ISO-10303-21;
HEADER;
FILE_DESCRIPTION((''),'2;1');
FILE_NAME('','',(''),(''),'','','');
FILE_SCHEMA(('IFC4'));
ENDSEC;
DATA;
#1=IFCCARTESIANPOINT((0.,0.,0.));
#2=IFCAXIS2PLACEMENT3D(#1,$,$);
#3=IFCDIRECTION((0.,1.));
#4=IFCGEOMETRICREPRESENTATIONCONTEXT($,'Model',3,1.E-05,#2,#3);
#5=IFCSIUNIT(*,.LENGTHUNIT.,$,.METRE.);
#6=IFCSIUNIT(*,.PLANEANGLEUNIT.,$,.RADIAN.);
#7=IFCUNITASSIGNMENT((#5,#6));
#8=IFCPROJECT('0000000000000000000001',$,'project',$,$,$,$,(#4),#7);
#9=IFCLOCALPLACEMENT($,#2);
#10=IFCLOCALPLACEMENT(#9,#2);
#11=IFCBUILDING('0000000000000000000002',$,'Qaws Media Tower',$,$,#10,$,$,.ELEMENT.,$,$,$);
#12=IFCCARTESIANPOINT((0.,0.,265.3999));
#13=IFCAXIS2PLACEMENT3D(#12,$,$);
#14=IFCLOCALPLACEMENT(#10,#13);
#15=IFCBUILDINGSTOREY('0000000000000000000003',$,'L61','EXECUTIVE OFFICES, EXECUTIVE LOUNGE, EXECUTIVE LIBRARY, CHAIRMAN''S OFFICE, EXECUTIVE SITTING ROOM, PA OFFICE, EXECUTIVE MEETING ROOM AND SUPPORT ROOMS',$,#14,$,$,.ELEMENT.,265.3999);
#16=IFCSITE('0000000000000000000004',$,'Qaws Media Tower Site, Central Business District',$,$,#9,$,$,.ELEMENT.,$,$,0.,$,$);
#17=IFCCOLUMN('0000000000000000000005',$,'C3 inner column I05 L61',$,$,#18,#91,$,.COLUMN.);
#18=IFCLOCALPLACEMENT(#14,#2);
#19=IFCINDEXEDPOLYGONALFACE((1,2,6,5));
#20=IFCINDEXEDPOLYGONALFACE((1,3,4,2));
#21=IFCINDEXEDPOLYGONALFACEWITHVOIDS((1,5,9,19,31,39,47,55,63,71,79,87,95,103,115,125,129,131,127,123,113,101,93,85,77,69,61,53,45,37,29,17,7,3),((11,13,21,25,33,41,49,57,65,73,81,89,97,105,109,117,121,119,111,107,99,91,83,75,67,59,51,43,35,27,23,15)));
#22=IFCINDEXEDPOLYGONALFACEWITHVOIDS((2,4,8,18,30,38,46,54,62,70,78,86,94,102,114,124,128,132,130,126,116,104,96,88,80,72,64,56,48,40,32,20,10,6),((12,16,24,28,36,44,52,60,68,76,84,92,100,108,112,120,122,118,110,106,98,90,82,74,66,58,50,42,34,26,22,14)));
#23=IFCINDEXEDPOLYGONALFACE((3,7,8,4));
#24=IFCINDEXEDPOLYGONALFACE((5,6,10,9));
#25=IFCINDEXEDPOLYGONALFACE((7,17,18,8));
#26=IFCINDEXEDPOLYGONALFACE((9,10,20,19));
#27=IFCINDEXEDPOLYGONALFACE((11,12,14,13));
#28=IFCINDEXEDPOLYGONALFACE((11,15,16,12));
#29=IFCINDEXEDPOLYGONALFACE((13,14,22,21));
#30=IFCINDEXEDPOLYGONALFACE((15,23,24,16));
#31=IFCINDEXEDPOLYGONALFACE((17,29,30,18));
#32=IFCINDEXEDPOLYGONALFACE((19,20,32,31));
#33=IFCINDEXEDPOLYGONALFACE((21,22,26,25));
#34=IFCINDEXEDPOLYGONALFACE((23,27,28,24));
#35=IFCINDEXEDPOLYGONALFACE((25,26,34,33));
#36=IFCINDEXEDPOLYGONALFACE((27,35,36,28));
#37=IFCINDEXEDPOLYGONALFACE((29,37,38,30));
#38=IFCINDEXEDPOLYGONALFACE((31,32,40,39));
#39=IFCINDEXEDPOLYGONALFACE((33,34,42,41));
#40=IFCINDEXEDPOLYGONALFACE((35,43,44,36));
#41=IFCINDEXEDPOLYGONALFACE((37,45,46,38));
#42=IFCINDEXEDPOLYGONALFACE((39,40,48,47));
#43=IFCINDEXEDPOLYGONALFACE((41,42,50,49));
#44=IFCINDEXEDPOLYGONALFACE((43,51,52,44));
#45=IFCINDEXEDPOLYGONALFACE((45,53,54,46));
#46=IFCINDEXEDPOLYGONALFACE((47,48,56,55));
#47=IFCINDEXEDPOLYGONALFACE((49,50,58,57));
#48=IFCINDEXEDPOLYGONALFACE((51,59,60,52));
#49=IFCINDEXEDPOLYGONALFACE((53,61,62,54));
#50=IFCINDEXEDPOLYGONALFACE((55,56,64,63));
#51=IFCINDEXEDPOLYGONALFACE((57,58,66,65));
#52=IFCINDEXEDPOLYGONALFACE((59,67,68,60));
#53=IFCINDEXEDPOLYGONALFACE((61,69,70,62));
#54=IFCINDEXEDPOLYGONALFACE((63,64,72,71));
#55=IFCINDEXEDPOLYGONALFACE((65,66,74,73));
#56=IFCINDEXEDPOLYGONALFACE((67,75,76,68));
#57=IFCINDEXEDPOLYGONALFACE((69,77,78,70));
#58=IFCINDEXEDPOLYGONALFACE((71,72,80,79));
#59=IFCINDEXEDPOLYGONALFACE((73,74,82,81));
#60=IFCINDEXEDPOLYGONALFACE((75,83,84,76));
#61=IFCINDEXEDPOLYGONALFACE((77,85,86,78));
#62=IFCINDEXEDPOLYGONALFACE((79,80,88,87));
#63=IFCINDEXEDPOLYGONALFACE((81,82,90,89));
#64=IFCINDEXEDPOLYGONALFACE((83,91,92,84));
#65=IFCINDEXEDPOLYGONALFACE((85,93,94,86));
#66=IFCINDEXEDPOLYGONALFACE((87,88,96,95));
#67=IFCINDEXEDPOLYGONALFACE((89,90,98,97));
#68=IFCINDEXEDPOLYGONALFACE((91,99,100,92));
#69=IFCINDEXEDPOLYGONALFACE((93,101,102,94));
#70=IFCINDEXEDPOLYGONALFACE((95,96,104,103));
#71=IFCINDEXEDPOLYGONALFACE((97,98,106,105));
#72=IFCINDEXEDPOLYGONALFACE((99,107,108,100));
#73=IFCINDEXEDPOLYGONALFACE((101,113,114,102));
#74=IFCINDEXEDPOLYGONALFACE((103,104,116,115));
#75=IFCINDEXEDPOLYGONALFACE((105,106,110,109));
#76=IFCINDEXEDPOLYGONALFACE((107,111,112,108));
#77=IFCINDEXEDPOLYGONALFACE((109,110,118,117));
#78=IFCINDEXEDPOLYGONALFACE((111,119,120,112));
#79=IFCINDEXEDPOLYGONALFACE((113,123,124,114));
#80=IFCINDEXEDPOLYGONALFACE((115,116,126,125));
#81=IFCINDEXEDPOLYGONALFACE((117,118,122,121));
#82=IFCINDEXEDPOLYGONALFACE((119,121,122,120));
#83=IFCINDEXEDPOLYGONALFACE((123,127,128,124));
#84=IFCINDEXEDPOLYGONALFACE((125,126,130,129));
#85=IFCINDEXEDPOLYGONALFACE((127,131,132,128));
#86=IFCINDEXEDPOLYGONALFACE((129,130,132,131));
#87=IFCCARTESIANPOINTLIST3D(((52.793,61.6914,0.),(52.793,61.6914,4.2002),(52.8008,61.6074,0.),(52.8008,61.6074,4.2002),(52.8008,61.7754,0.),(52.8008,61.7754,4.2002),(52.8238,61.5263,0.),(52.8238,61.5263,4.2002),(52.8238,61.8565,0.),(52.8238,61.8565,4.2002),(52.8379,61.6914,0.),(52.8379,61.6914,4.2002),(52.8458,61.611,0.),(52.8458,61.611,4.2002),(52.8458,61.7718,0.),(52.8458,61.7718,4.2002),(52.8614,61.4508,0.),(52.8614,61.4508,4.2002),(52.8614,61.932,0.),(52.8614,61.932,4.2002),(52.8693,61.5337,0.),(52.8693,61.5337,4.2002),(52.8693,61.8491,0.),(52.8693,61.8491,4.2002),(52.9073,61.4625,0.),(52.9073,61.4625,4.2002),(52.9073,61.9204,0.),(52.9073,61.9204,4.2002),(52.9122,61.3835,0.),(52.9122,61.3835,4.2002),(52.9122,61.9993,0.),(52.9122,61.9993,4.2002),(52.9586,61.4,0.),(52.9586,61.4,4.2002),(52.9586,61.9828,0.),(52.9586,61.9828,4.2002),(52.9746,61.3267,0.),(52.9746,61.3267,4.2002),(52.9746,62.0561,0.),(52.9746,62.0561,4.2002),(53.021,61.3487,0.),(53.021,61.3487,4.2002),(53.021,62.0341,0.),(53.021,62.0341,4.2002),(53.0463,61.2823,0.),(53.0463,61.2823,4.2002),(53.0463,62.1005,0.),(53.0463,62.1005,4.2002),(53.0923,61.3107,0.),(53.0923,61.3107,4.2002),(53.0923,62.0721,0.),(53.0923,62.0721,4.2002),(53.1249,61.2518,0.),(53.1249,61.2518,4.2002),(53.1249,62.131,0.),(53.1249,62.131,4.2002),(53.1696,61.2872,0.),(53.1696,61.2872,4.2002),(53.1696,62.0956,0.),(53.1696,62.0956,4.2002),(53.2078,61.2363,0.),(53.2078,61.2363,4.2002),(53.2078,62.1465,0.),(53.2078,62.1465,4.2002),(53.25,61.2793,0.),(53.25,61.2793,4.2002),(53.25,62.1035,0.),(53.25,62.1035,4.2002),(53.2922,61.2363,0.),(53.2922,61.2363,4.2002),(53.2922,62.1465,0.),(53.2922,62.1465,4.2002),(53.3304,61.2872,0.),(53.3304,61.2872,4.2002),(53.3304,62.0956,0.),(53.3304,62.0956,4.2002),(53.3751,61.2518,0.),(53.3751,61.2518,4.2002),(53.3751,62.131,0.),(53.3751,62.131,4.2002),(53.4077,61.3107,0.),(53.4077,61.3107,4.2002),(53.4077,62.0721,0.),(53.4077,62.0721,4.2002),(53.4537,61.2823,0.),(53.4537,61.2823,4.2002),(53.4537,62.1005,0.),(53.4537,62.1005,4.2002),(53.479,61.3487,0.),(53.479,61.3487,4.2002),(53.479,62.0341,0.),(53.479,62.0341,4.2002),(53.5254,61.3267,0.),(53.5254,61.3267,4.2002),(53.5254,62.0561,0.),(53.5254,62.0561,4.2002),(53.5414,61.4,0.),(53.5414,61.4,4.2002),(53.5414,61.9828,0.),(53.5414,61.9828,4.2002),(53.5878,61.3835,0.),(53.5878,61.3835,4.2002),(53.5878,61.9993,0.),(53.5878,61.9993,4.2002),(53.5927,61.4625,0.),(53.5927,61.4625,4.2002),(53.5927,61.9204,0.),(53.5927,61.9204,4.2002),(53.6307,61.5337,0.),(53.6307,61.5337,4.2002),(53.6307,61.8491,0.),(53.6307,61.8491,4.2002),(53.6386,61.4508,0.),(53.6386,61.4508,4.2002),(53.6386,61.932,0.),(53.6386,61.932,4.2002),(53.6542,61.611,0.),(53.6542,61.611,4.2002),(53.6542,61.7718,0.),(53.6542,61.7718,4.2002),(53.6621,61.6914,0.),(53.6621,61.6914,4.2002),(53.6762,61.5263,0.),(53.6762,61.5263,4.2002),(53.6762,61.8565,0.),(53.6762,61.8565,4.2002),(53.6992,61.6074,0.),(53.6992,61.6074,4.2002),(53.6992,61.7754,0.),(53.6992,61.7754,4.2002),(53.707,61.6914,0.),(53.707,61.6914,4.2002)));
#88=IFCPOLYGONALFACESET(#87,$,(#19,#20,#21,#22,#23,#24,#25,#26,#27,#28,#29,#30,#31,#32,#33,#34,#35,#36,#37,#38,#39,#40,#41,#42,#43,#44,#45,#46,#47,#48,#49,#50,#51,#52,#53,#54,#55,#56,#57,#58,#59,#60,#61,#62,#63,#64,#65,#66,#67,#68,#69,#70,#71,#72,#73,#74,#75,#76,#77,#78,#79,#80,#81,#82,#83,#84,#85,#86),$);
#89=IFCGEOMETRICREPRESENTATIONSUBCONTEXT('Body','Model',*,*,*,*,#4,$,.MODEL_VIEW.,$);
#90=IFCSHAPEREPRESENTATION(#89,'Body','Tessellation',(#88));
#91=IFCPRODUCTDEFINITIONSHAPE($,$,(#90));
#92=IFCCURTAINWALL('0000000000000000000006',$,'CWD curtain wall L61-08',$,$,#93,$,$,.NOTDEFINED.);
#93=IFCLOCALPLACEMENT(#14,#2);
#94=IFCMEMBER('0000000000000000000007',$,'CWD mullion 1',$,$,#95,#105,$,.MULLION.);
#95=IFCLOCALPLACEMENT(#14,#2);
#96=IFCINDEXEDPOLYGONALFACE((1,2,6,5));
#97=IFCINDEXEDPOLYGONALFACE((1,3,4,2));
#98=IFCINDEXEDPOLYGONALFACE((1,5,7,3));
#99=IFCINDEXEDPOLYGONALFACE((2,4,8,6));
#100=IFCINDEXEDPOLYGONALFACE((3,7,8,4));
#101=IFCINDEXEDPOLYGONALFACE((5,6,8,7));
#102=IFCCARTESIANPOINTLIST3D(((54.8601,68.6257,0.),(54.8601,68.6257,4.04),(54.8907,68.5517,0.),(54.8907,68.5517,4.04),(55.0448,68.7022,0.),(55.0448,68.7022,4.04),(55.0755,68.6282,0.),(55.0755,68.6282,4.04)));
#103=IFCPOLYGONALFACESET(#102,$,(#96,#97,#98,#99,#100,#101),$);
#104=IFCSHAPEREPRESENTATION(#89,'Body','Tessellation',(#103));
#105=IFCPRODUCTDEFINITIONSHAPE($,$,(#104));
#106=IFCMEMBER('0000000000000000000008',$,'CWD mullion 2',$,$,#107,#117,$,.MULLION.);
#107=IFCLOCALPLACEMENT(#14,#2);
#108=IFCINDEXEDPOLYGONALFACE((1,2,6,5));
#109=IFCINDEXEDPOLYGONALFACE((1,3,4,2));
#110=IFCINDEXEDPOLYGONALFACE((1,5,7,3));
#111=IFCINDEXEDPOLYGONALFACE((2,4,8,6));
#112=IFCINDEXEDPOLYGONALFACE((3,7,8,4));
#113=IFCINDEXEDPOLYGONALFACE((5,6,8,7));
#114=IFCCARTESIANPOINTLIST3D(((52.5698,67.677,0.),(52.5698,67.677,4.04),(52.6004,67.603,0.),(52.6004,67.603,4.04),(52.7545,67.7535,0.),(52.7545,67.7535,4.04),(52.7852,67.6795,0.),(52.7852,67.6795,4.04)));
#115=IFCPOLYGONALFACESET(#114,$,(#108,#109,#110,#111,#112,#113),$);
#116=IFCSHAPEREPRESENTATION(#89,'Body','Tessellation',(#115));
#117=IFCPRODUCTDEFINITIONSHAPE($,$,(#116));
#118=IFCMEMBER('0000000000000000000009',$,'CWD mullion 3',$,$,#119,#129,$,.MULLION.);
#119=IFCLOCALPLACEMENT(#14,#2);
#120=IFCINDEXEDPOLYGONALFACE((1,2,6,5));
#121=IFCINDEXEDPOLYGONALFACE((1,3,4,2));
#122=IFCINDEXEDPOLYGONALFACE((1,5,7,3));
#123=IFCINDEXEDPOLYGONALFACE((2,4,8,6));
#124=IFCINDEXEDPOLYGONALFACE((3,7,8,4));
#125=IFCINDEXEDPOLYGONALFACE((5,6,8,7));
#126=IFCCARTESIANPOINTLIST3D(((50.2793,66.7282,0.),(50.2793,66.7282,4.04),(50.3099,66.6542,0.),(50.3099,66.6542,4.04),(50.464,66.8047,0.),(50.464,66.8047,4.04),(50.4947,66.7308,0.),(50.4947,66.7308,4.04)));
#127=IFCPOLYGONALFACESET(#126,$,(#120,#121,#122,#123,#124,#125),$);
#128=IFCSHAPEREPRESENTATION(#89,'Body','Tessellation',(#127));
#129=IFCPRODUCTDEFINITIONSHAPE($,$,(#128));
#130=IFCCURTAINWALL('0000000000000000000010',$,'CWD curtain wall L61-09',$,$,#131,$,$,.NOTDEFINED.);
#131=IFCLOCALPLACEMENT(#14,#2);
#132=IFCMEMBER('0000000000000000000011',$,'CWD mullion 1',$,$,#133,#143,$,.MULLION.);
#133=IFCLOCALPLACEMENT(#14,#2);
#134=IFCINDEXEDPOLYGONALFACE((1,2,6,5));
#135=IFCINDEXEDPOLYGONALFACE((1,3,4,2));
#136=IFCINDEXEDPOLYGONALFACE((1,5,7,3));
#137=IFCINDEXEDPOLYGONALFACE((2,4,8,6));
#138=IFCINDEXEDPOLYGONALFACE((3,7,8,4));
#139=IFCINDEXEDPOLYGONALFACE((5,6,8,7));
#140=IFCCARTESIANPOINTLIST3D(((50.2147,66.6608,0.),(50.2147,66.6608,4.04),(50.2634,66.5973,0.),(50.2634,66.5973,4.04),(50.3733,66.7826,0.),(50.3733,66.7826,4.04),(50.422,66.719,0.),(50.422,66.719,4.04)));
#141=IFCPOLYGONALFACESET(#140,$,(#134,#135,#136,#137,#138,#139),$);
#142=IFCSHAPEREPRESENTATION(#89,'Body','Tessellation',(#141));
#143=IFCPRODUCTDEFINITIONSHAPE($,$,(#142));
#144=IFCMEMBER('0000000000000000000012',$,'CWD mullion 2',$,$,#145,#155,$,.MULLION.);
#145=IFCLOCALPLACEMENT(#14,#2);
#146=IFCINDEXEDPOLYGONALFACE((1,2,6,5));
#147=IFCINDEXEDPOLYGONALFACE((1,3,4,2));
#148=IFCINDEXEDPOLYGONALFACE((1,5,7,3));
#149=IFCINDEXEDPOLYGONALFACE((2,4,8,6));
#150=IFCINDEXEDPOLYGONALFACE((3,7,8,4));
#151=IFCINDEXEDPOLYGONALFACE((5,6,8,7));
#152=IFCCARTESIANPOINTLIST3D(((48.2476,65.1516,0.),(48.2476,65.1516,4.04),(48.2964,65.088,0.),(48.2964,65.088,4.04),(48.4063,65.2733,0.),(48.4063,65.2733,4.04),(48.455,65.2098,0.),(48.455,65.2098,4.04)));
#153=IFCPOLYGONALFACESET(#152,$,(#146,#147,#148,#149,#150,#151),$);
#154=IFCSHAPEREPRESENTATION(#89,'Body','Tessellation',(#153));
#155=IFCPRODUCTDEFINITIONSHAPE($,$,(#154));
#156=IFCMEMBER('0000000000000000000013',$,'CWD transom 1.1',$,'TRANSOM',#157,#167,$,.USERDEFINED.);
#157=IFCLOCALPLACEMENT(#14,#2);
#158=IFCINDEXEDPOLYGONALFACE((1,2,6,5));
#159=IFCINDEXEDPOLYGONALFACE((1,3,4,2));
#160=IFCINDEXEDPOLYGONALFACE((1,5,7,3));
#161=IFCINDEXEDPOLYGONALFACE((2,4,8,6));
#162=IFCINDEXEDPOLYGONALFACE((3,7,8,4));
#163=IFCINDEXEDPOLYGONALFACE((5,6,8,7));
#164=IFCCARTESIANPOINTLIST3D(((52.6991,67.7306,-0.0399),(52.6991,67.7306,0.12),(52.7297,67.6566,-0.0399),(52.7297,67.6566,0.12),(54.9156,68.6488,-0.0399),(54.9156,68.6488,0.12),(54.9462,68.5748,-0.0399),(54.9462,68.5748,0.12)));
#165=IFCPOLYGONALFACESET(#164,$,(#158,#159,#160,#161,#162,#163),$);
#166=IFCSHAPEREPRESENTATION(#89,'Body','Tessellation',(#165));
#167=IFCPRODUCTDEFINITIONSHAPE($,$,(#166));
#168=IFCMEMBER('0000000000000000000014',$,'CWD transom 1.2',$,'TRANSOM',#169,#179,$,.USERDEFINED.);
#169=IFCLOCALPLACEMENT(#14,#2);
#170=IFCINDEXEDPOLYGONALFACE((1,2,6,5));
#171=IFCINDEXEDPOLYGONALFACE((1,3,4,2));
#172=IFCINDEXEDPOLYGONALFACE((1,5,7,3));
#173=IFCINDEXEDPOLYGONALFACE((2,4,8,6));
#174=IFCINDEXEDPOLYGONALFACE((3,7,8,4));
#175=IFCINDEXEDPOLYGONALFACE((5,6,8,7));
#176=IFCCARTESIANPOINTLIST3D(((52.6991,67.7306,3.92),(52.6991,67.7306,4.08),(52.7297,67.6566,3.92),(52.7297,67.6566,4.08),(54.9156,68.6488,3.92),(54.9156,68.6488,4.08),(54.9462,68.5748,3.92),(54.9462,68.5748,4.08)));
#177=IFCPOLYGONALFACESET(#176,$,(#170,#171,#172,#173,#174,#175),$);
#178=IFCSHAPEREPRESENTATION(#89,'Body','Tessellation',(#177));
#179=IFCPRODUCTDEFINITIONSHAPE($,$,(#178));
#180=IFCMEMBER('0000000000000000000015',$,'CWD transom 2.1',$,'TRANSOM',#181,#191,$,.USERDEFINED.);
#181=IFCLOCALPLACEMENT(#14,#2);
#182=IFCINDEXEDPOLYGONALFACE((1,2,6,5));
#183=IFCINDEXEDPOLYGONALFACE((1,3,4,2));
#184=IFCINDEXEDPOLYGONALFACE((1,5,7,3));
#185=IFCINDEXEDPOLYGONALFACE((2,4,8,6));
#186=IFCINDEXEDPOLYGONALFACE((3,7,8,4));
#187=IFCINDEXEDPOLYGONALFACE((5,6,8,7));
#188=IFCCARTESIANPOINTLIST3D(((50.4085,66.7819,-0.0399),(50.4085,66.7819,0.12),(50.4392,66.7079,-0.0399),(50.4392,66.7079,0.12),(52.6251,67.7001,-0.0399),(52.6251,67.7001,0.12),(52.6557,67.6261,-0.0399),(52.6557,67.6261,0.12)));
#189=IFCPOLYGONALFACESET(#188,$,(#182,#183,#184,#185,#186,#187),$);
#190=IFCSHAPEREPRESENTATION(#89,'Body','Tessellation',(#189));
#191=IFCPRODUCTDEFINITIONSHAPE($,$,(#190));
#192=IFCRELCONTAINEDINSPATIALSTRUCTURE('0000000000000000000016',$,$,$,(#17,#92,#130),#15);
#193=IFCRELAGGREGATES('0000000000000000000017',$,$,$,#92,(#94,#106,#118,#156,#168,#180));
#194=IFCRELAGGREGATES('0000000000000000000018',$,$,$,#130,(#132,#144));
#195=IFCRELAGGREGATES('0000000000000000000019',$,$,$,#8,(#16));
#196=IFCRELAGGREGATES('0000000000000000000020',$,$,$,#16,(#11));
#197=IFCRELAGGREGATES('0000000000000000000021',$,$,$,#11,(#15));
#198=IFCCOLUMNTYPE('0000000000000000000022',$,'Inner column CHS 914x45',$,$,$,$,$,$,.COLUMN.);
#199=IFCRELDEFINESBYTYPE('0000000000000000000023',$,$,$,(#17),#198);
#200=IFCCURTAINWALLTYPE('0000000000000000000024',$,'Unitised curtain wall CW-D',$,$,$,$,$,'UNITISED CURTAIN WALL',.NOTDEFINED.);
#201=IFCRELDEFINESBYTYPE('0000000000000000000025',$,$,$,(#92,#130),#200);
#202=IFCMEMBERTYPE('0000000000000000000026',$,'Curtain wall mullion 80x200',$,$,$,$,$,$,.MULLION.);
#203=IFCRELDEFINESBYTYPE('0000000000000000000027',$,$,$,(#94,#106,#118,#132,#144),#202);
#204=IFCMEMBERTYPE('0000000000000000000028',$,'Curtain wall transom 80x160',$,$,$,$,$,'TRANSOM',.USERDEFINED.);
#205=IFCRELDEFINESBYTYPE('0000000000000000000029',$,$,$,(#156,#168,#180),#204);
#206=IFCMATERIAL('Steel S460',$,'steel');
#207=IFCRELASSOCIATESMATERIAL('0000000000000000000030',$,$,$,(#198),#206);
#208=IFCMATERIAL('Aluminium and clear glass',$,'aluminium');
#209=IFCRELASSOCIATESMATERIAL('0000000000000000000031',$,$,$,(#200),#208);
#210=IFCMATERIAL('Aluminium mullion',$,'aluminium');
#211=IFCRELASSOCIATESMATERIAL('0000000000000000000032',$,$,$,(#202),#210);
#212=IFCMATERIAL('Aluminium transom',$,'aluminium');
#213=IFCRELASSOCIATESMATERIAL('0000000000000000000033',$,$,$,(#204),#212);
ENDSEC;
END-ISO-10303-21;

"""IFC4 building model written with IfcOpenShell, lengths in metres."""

from ifc_helpers import new_model, si_unit, direction, frame, origin, origin_2d, place, context, subcontext, project, spatial, rectangle, hollow_circle, extrude, material, material_profile, profile_set, type_object, element, aggregate, save


model = new_model("IFC4")

# Units and contexts
model_context = context("Model", 3, precision=1e-05, world=origin(), true_north=direction((0.0, 1.0)))
body_context = subcontext(model_context, "Body", "Model", "MODEL_VIEW")
ifc_project = project(units=[si_unit("LENGTHUNIT", "METRE"), si_unit("PLANEANGLEUNIT", "RADIAN")], contexts=[model_context])

# Site, building, storey
site_placement = place(None, origin())
site = spatial("IfcSite", under=ifc_project, at=site_placement, Name="Qaws Media Tower Site, Central Business District", CompositionType="ELEMENT", RefElevation=0.0)
building_placement = place(site_placement, origin())
building = spatial("IfcBuilding", under=site, at=building_placement, Name="Qaws Media Tower", CompositionType="ELEMENT")
storey_placement = place(building_placement, frame((0.0, 0.0, 265.3999)))
storey = spatial("IfcBuildingStorey", under=building, at=storey_placement, Name="L61", Description="EXECUTIVE OFFICES, EXECUTIVE LOUNGE, EXECUTIVE LIBRARY, CHAIRMAN'S OFFICE, EXECUTIVE SITTING ROOM, PA OFFICE, EXECUTIVE MEETING ROOM AND SUPPORT ROOMS", CompositionType="ELEMENT", Elevation=265.3999)

# Column
ifc_material_1 = material(Name="Steel S460", Category="steel")
ifc_material_profile_1 = material_profile(ifc_material_1, hollow_circle(Radius=0.457, WallThickness=0.0449, at=origin_2d()), Name="CHS 914x45")
ifc_profile_set_1 = profile_set([ifc_material_profile_1], Name="Steel S460")
column_type = type_object("IfcColumnType", Name="Inner column CHS 914x45", PredefinedType="COLUMN", material=ifc_profile_set_1)
column_placement = place(storey_placement, frame((53.25, 61.6914, 0.0), z_axis=(0.0, 0.0, 1.0), x_axis=(1.0, 0.0, 0.0)))
element("IfcColumn", 1, at=column_placement, inside=storey, type_object=column_type, Name="C3 inner column I05 L61", PredefinedType="COLUMN", context=body_context, shape_type="SweptSolid", body=[
    extrude(hollow_circle(Radius=0.457, WallThickness=0.0449, at=origin_2d()), origin(), (0.0, 0.0, 1.0), 4.2002),
])

# Curtain walls, members
ifc_material_2 = material(Name="Aluminium and clear glass", Category="aluminium")
curtain_wall_type = type_object("IfcCurtainWallType", Name="Unitised curtain wall CW-D", ElementType="UNITISED CURTAIN WALL", PredefinedType="NOTDEFINED", material=ifc_material_2)
curtain_wall_1_placement = place(storey_placement, origin())
curtain_wall_1 = element("IfcCurtainWall", 2, at=curtain_wall_1_placement, inside=storey, type_object=curtain_wall_type, Name="CWD curtain wall L61-08", PredefinedType="NOTDEFINED")
ifc_material_3 = material(Name="Aluminium mullion", Category="aluminium")
ifc_material_profile_2 = material_profile(ifc_material_3, rectangle(XDim=0.0801, YDim=0.2, at=origin_2d()), Name="80x200")
ifc_profile_set_2 = profile_set([ifc_material_profile_2], Name="Aluminium mullion")
member_type_1 = type_object("IfcMemberType", Name="Curtain wall mullion 80x200", PredefinedType="MULLION", material=ifc_profile_set_2)
member_1_placement = place(storey_placement, frame((54.9678, 68.627, 0.0), z_axis=(0.0, 0.0, 1.0), x_axis=(0.382683, -0.92388, 0.0)))
member_1 = element("IfcMember", 3, at=member_1_placement, type_object=member_type_1, Name="CWD mullion 1", PredefinedType="MULLION", context=body_context, shape_type="SweptSolid", body=[
    extrude(rectangle(XDim=0.0801, YDim=0.2, at=origin_2d()), origin(), (0.0, 0.0, 1.0), 4.04),
])
member_2_placement = place(storey_placement, frame((52.6775, 67.6782, 0.0), z_axis=(0.0, 0.0, 1.0), x_axis=(0.382683, -0.92388, 0.0)))
member_2 = element("IfcMember", 4, at=member_2_placement, type_object=member_type_1, Name="CWD mullion 2", PredefinedType="MULLION", context=body_context, shape_type="SweptSolid", body=[
    extrude(rectangle(XDim=0.0801, YDim=0.2, at=origin_2d()), origin(), (0.0, 0.0, 1.0), 4.04),
])
member_3_placement = place(storey_placement, frame((50.387, 66.7295, 0.0), z_axis=(0.0, 0.0, 1.0), x_axis=(0.382683, -0.92388, 0.0)))
member_3 = element("IfcMember", 5, at=member_3_placement, type_object=member_type_1, Name="CWD mullion 3", PredefinedType="MULLION", context=body_context, shape_type="SweptSolid", body=[
    extrude(rectangle(XDim=0.0801, YDim=0.2, at=origin_2d()), origin(), (0.0, 0.0, 1.0), 4.04),
])
curtain_wall_2_placement = place(storey_placement, origin())
curtain_wall_2 = element("IfcCurtainWall", 6, at=curtain_wall_2_placement, inside=storey, type_object=curtain_wall_type, Name="CWD curtain wall L61-09", PredefinedType="NOTDEFINED")
member_4_placement = place(storey_placement, frame((50.3184, 66.6899, 0.0), z_axis=(0.0, 0.0, 1.0), x_axis=(0.608761, -0.793353, 0.0)))
member_4 = element("IfcMember", 7, at=member_4_placement, type_object=member_type_1, Name="CWD mullion 1", PredefinedType="MULLION", context=body_context, shape_type="SweptSolid", body=[
    extrude(rectangle(XDim=0.0801, YDim=0.2, at=origin_2d()), origin(), (0.0, 0.0, 1.0), 4.04),
])
member_5_placement = place(storey_placement, frame((48.3513, 65.1807, 0.0), z_axis=(0.0, 0.0, 1.0), x_axis=(0.608761, -0.793353, 0.0)))
member_5 = element("IfcMember", 8, at=member_5_placement, type_object=member_type_1, Name="CWD mullion 2", PredefinedType="MULLION", context=body_context, shape_type="SweptSolid", body=[
    extrude(rectangle(XDim=0.0801, YDim=0.2, at=origin_2d()), origin(), (0.0, 0.0, 1.0), 4.04),
])

# Members
ifc_material_4 = material(Name="Aluminium transom", Category="aluminium")
ifc_material_profile_3 = material_profile(ifc_material_4, rectangle(XDim=0.0801, YDim=0.1599, at=origin_2d()), Name="80x160")
ifc_profile_set_3 = profile_set([ifc_material_profile_3], Name="Aluminium transom")
member_type_2 = type_object("IfcMemberType", Name="Curtain wall transom 80x160", ElementType="TRANSOM", PredefinedType="USERDEFINED", material=ifc_profile_set_3)
member_6_placement = place(storey_placement, frame((54.9309, 68.6118, 0.04), z_axis=(-0.923867, -0.382714, 0.0), x_axis=(0.382714, -0.923867, 0.0)))
member_6 = element("IfcMember", 9, at=member_6_placement, type_object=member_type_2, Name="CWD transom 1.1", ObjectType="TRANSOM", PredefinedType="USERDEFINED", context=body_context, shape_type="SweptSolid", body=[
    extrude(rectangle(XDim=0.0801, YDim=0.1599, at=origin_2d()), origin(), (0.0, 0.0, 1.0), 2.3992),
])
member_7_placement = place(storey_placement, frame((54.9309, 68.6118, 4.0), z_axis=(-0.923867, -0.382714, 0.0), x_axis=(0.382714, -0.923867, 0.0)))
member_7 = element("IfcMember", 10, at=member_7_placement, type_object=member_type_2, Name="CWD transom 1.2", ObjectType="TRANSOM", PredefinedType="USERDEFINED", context=body_context, shape_type="SweptSolid", body=[
    extrude(rectangle(XDim=0.0801, YDim=0.1599, at=origin_2d()), origin(), (0.0, 0.0, 1.0), 2.3992),
])
member_8_placement = place(storey_placement, frame((52.6404, 67.6631, 0.04), z_axis=(-0.923867, -0.382714, 0.0), x_axis=(0.382714, -0.923867, 0.0)))
member_8 = element("IfcMember", 11, at=member_8_placement, type_object=member_type_2, Name="CWD transom 2.1", ObjectType="TRANSOM", PredefinedType="USERDEFINED", context=body_context, shape_type="SweptSolid", body=[
    extrude(rectangle(XDim=0.0801, YDim=0.1599, at=origin_2d()), origin(), (0.0, 0.0, 1.0), 2.3992),
])

aggregate(curtain_wall_1, [member_1, member_2, member_3, member_6, member_7, member_8])
aggregate(curtain_wall_2, [member_4, member_5])

save(model, "model.ifc")
